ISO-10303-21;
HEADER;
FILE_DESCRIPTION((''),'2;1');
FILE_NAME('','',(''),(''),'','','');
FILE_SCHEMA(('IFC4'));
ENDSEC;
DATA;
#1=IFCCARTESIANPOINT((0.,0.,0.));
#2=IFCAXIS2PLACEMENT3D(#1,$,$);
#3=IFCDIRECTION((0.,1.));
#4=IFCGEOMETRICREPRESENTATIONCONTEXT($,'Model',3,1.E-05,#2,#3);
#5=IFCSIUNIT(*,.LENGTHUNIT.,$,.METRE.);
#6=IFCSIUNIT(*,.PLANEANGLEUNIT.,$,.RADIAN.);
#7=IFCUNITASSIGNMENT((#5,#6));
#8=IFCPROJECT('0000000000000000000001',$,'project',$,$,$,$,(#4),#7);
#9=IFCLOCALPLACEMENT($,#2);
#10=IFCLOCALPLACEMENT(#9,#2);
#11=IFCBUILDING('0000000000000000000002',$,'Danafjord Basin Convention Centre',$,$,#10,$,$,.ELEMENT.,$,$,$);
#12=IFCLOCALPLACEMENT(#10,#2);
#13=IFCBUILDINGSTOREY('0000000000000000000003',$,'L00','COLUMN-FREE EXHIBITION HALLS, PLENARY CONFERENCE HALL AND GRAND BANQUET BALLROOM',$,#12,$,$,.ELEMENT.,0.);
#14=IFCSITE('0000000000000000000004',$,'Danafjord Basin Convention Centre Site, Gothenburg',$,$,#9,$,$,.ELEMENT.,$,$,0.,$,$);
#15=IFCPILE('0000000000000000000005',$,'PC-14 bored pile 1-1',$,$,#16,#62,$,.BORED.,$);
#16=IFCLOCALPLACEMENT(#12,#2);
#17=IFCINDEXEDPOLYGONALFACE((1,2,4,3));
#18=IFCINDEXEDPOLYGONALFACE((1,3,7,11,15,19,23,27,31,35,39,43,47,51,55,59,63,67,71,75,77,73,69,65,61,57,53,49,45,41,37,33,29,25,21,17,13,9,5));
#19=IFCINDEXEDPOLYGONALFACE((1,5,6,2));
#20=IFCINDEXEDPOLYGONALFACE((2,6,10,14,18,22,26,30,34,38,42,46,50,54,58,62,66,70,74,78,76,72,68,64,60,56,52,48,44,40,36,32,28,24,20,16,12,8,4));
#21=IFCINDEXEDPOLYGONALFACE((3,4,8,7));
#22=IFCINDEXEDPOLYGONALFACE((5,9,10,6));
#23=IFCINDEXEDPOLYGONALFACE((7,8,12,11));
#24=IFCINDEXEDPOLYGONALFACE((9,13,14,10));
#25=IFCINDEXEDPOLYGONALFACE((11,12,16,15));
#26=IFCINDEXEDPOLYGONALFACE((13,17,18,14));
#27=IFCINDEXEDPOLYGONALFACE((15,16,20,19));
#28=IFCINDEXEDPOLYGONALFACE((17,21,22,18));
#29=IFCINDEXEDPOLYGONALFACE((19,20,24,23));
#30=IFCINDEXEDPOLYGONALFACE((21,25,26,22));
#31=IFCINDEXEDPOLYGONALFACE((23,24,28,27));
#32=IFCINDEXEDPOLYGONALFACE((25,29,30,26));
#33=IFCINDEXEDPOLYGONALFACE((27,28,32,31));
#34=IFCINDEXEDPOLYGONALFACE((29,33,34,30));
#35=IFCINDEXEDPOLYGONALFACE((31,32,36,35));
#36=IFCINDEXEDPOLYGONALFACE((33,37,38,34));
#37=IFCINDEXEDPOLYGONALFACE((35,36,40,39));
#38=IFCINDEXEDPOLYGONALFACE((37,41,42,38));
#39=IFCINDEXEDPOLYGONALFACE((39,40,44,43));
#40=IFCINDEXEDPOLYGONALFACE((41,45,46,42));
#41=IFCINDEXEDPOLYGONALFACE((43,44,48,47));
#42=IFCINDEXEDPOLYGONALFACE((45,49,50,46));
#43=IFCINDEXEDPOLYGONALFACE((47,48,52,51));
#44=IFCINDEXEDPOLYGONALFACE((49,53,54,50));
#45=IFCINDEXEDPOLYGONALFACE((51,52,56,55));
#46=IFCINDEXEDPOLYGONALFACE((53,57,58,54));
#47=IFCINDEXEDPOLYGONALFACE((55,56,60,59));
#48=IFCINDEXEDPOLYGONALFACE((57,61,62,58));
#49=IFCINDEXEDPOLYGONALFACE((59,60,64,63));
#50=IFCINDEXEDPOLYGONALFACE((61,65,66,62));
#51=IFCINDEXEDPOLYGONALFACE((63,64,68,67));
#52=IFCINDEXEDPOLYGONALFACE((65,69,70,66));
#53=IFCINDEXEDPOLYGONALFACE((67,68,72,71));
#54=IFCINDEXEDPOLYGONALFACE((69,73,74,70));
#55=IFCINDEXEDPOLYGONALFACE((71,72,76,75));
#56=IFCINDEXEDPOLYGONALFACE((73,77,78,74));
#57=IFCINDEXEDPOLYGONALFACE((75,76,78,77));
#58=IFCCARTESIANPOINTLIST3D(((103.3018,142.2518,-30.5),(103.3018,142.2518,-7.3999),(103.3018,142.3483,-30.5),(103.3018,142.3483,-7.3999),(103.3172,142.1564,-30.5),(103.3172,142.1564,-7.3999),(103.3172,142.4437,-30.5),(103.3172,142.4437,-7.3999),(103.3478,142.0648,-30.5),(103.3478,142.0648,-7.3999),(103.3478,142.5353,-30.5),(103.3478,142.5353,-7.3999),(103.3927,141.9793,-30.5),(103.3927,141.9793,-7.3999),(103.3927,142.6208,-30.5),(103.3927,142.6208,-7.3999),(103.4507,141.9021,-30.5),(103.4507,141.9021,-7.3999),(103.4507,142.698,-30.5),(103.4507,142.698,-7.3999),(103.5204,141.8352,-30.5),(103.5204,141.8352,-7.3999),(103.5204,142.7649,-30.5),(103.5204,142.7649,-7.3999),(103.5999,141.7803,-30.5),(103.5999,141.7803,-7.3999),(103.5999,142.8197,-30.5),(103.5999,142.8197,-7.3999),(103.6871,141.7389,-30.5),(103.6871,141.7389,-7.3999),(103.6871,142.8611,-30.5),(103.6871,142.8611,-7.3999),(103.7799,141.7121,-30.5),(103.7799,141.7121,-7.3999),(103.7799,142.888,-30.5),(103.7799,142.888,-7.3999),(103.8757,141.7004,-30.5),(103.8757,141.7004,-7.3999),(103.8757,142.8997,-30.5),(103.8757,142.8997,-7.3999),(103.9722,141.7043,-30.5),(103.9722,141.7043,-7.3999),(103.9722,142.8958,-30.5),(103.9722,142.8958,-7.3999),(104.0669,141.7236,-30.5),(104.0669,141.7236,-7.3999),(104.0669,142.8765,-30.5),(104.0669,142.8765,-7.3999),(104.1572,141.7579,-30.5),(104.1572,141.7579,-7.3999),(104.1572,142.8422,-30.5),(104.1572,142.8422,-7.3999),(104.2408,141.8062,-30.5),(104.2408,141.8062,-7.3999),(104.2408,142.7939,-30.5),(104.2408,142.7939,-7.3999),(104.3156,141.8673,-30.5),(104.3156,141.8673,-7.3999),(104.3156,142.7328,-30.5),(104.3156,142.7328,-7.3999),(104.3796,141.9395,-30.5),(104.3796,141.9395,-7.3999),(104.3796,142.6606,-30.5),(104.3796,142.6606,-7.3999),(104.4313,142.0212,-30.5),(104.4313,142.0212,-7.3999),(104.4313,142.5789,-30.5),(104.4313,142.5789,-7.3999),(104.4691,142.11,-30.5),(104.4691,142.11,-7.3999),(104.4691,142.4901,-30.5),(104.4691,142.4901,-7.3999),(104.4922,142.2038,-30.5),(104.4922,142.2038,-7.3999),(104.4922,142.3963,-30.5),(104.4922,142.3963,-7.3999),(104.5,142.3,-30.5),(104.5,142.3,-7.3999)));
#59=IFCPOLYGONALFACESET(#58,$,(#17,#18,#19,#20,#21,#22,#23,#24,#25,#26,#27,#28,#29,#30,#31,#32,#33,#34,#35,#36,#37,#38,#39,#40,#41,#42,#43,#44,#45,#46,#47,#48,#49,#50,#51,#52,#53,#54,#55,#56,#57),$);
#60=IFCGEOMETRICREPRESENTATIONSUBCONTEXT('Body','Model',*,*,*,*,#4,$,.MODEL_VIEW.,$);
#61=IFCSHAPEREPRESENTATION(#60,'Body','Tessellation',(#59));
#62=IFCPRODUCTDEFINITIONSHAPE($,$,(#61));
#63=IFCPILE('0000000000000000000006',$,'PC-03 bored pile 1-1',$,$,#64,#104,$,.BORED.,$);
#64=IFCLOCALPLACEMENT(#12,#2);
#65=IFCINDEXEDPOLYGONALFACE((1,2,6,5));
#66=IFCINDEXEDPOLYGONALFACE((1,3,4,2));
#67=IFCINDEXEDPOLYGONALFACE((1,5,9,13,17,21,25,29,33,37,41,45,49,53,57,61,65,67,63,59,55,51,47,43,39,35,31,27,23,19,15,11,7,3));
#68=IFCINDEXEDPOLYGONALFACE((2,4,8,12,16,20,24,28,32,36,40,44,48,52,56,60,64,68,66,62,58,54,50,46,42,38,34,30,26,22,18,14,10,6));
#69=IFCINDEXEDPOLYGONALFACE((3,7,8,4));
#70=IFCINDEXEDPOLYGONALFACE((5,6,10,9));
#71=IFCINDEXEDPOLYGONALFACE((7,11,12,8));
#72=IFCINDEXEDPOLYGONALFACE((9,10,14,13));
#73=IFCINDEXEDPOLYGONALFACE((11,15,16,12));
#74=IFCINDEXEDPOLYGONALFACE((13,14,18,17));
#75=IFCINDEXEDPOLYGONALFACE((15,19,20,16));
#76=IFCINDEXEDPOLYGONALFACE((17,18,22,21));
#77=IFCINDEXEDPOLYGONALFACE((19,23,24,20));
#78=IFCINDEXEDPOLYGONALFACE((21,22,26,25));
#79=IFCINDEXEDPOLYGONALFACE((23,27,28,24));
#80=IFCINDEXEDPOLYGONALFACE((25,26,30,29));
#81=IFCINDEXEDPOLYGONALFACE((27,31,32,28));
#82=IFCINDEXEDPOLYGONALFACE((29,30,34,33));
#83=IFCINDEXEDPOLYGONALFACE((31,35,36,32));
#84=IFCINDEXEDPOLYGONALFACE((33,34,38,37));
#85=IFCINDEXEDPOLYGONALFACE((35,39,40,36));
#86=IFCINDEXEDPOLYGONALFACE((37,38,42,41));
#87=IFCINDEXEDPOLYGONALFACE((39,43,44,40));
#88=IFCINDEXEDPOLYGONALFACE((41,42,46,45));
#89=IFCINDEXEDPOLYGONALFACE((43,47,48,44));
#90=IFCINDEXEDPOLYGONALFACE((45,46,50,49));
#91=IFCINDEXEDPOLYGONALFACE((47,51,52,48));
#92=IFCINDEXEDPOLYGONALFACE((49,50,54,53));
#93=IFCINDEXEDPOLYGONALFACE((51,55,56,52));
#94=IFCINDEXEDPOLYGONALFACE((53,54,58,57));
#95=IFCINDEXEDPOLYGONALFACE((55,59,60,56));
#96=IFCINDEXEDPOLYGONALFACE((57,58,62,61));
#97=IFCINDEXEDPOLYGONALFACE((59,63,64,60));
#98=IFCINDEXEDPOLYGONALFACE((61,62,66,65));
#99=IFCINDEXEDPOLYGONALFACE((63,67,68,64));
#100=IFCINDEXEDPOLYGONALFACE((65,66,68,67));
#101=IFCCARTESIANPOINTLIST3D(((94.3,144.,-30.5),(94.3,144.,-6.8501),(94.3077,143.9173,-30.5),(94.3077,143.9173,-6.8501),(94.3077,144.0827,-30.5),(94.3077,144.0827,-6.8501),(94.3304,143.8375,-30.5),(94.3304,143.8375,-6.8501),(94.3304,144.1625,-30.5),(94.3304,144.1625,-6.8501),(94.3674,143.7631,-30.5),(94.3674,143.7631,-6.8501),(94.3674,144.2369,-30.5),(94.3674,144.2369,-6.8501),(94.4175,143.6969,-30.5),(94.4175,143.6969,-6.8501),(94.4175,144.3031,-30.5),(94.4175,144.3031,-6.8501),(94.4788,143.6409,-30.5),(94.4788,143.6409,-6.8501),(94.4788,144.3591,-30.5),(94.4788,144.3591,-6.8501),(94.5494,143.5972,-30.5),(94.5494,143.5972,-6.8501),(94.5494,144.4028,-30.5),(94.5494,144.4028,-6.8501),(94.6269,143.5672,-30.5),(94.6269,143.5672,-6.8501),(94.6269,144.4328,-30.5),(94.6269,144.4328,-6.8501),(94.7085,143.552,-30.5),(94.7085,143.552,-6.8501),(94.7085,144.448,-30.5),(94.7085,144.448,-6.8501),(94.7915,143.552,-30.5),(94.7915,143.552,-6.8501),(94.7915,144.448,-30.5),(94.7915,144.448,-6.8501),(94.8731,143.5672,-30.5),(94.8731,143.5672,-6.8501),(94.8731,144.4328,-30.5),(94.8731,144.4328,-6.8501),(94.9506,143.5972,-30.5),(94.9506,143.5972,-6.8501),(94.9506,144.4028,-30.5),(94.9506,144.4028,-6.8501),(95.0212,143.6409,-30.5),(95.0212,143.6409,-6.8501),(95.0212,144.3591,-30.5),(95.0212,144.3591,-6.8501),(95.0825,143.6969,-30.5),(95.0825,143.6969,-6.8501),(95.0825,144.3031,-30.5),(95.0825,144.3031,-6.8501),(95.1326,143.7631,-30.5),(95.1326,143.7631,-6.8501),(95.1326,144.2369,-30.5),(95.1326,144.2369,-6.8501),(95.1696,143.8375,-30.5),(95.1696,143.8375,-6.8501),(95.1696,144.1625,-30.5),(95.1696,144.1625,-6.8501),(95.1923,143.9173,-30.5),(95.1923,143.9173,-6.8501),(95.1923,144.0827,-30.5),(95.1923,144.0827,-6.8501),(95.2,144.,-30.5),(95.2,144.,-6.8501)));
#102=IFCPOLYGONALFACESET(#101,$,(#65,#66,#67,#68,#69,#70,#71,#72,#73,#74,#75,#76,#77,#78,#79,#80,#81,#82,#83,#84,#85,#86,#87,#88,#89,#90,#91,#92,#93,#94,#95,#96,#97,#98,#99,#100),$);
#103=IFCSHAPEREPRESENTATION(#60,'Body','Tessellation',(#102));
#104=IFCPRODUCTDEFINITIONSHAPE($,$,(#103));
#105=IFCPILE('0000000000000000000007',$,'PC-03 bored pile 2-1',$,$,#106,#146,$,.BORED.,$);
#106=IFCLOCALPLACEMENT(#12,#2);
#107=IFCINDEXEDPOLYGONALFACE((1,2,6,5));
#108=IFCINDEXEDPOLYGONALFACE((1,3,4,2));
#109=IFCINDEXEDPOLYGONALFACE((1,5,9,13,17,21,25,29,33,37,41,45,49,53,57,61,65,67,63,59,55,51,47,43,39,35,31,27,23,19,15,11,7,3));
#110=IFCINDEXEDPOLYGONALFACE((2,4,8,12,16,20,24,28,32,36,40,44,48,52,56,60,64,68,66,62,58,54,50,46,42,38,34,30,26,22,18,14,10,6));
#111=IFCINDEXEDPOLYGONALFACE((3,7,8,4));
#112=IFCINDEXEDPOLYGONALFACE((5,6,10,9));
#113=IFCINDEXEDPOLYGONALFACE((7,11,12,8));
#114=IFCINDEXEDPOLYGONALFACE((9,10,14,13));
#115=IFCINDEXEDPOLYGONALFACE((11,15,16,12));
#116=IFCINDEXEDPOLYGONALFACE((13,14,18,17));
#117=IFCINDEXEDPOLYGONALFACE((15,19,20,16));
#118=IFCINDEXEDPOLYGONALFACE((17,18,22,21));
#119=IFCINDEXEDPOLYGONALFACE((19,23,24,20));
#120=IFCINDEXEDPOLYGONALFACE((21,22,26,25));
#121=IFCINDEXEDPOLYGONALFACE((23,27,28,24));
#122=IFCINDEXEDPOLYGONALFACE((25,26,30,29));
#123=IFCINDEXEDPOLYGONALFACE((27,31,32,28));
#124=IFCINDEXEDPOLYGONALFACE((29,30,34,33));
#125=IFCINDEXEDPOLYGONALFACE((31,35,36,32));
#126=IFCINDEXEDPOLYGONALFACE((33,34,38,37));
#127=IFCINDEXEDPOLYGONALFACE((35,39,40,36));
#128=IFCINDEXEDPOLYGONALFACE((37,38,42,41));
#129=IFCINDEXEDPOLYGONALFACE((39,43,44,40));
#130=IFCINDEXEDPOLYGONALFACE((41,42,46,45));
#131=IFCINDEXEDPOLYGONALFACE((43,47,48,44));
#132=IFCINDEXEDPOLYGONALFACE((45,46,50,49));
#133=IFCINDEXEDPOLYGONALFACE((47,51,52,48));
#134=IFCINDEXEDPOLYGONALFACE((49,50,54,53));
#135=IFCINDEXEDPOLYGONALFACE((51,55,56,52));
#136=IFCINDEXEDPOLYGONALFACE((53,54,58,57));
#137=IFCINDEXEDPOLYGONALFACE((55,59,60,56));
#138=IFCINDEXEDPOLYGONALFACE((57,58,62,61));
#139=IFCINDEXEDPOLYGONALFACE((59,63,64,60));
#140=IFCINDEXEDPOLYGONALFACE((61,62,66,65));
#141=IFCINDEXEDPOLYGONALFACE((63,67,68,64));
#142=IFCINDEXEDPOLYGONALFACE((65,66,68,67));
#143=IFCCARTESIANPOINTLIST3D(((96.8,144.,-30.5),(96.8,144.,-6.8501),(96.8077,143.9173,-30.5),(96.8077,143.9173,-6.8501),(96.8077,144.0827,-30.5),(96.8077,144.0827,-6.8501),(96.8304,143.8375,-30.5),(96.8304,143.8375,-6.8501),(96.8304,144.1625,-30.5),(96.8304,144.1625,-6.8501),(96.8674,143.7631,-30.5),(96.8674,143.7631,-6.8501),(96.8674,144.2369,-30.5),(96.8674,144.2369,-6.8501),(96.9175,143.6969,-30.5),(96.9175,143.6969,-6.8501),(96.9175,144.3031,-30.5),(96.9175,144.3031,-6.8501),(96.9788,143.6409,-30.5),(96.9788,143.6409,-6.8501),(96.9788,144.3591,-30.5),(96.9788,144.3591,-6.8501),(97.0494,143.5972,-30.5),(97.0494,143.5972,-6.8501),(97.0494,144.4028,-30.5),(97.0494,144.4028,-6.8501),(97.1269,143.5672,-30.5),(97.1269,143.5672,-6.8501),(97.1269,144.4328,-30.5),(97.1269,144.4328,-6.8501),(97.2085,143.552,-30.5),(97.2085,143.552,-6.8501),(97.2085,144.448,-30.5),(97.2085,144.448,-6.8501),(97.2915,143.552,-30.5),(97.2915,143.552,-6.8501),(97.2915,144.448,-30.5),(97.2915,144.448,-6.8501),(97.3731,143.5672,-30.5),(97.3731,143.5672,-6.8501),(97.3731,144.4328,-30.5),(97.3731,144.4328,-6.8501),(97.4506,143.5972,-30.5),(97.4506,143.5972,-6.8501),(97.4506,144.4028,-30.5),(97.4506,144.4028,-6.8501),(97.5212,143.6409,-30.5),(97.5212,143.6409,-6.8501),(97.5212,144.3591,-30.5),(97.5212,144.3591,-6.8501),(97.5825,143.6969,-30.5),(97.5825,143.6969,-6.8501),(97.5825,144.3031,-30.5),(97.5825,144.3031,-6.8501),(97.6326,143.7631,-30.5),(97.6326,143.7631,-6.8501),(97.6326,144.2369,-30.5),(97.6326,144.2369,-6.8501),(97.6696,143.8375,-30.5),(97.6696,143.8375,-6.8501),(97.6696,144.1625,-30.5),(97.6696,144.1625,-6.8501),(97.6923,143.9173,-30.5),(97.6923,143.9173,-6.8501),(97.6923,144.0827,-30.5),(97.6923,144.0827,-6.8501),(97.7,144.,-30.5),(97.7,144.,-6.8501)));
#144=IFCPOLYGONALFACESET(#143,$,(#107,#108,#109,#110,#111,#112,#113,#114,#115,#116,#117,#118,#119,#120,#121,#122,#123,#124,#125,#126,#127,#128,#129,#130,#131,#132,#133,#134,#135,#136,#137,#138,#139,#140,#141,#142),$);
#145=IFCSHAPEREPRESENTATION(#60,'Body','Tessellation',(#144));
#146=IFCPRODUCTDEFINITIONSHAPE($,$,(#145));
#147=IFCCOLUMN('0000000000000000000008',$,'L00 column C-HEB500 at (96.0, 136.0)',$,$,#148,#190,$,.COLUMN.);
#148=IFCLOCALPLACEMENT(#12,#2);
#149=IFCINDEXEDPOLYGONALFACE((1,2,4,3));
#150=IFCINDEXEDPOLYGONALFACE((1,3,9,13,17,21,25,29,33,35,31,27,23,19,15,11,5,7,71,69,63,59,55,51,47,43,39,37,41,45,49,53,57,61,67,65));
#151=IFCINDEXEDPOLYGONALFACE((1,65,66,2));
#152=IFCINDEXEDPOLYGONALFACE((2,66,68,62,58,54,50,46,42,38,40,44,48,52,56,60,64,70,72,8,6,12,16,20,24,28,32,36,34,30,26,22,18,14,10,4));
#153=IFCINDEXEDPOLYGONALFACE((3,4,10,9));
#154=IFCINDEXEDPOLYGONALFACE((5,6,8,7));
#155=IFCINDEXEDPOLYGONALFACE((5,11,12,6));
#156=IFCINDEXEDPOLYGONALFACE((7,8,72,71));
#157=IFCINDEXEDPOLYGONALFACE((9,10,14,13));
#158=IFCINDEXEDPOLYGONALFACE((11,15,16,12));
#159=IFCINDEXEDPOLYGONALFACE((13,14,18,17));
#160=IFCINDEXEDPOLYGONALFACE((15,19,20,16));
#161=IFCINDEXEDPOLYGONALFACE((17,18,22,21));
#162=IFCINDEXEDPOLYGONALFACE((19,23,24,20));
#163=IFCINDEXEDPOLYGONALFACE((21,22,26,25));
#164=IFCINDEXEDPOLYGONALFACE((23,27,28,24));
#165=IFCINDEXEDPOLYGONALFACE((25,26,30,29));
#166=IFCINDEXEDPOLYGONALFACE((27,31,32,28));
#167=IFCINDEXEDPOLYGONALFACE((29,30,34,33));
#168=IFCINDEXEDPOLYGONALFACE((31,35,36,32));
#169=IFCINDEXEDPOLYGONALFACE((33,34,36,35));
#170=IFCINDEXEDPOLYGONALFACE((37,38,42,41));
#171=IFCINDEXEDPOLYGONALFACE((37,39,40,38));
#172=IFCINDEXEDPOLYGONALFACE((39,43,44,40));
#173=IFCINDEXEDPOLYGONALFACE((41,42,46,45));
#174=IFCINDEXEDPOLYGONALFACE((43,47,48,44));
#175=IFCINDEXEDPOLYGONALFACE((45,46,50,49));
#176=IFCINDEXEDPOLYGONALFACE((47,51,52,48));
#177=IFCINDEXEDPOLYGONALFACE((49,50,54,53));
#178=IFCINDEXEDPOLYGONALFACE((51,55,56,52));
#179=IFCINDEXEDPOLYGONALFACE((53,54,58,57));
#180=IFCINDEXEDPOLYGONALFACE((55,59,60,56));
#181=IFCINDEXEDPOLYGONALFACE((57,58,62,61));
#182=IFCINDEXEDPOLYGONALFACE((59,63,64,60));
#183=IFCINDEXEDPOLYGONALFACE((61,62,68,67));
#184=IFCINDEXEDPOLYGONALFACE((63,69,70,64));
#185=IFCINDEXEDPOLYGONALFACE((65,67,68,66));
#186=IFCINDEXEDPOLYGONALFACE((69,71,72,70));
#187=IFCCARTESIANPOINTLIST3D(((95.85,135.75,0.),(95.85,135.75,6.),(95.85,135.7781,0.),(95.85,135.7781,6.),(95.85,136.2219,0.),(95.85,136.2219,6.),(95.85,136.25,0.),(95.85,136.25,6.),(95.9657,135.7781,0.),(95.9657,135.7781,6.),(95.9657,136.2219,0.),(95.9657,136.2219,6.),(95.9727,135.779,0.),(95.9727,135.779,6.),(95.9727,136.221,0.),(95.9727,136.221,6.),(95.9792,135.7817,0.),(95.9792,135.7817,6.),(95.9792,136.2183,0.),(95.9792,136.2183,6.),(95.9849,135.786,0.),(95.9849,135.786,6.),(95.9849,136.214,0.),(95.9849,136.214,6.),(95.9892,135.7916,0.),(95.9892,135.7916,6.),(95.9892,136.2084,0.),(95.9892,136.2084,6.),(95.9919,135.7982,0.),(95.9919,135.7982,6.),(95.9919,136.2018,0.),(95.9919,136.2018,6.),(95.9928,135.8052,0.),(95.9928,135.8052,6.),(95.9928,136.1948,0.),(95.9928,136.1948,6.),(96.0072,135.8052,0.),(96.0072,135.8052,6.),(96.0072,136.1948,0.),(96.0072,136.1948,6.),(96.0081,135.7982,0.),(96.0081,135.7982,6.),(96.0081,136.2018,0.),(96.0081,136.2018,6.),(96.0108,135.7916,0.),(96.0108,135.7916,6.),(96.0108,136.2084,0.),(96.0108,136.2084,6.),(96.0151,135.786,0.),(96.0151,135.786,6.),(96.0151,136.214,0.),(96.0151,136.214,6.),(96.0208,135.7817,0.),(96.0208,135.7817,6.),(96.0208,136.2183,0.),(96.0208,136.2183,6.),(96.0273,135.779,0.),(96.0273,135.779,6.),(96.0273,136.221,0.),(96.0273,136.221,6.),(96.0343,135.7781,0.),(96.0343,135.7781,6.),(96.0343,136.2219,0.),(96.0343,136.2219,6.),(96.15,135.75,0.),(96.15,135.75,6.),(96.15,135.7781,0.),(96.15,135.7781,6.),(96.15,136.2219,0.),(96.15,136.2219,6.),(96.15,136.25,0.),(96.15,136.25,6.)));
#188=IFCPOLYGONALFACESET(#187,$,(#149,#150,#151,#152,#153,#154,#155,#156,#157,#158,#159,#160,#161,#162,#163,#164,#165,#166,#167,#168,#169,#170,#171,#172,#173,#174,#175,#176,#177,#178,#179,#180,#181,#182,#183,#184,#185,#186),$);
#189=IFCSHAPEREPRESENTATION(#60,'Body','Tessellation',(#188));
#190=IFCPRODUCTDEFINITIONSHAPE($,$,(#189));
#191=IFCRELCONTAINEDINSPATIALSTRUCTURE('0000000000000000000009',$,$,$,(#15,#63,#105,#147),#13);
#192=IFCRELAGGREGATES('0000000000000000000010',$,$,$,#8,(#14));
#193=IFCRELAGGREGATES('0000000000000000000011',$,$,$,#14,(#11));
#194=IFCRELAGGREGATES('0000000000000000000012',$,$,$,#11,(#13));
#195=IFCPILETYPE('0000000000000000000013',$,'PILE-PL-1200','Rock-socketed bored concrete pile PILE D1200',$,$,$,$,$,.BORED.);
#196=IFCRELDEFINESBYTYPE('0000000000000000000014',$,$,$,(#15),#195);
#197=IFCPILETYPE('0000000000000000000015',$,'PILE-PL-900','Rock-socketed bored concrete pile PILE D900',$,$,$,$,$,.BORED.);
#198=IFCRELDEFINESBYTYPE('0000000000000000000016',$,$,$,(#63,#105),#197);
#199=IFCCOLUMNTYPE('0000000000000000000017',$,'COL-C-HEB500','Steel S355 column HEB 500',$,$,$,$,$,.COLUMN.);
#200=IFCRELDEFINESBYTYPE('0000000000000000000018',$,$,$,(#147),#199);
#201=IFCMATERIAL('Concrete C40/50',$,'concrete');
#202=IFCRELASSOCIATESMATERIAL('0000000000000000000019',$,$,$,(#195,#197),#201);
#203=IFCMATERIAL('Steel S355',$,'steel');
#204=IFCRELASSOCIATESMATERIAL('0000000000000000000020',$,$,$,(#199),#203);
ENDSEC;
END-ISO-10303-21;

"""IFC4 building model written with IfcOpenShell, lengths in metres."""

from ifc_helpers import new_model, si_unit, direction, frame, origin, origin_2d, place, context, subcontext, project, spatial, circle, i_section, extrude, material, material_profile, profile_set, type_object, element, save


model = new_model("IFC4")

# Units and contexts
model_context = context("Model", 3, precision=1e-05, world=origin(), true_north=direction((0.0, 1.0)))
body_context = subcontext(model_context, "Body", "Model", "MODEL_VIEW")
ifc_project = project(units=[si_unit("LENGTHUNIT", "METRE"), si_unit("PLANEANGLEUNIT", "RADIAN")], contexts=[model_context])

# Site, building, storey
site_placement = place(None, origin())
site = spatial("IfcSite", under=ifc_project, at=site_placement, Name="Danafjord Basin Convention Centre Site, Gothenburg", CompositionType="ELEMENT", RefElevation=0.0)
building_placement = place(site_placement, origin())
building = spatial("IfcBuilding", under=site, at=building_placement, Name="Danafjord Basin Convention Centre", CompositionType="ELEMENT")
storey_placement = place(building_placement, origin())
storey = spatial("IfcBuildingStorey", under=building, at=storey_placement, Name="L00", Description="COLUMN-FREE EXHIBITION HALLS, PLENARY CONFERENCE HALL AND GRAND BANQUET BALLROOM", CompositionType="ELEMENT", Elevation=0.0)

# Shared definitions
ifc_material_1 = material(Name="Concrete C40/50", Category="concrete")

# Piles
ifc_material_profile_1 = material_profile(ifc_material_1, circle(Radius=0.6001, at=origin_2d()), Name="PILE D1200")
ifc_profile_set_1 = profile_set([ifc_material_profile_1], Name="Concrete C40/50")
pile_type_1 = type_object("IfcPileType", Name="PILE-PL-1200", Description="Rock-socketed bored concrete pile PILE D1200", PredefinedType="BORED", material=ifc_profile_set_1)
pile_placement = place(storey_placement, frame((103.8999, 142.3, -7.3999), z_axis=(0.0, 0.0, -1.0), x_axis=(1.0, 0.0, 0.0)))
element("IfcPile", 1, at=pile_placement, inside=storey, type_object=pile_type_1, Name="PC-14 bored pile 1-1", PredefinedType="BORED", context=body_context, shape_type="SweptSolid", body=[
    extrude(circle(Radius=0.6001, at=origin_2d()), origin(), (0.0, 0.0, 1.0), 23.1001),
])
ifc_material_profile_2 = material_profile(ifc_material_1, circle(Radius=0.45, at=origin_2d()), Name="PILE D900")
ifc_profile_set_2 = profile_set([ifc_material_profile_2], Name="Concrete C40/50")
pile_type_2 = type_object("IfcPileType", Name="PILE-PL-900", Description="Rock-socketed bored concrete pile PILE D900", PredefinedType="BORED", material=ifc_profile_set_2)
for number, where, z_axis, x_axis, name in (
    (2, (94.75, 144.0, -6.8501), (0.0, 0.0, -1.0), (1.0, 0.0, 0.0), "PC-03 bored pile 1-1"),
    (3, (97.25, 144.0, -6.8501), (0.0, 0.0, -1.0), (1.0, 0.0, 0.0), "PC-03 bored pile 2-1"),
):
    element("IfcPile", number, at=place(storey_placement, frame(where, z_axis=z_axis, x_axis=x_axis)), inside=storey, type_object=pile_type_2, Name=name, PredefinedType="BORED", context=body_context, shape_type="SweptSolid", body=[
        extrude(circle(Radius=0.45, at=origin_2d()), origin(), (0.0, 0.0, 1.0), 23.6499),
    ])

# Column
ifc_material_2 = material(Name="Steel S355", Category="steel")
ifc_material_profile_3 = material_profile(ifc_material_2, i_section(OverallWidth=0.3, OverallDepth=0.5, WebThickness=0.0144, FlangeThickness=0.0281, FilletRadius=0.0271, at=origin_2d()), Name="HEB 500")
ifc_profile_set_3 = profile_set([ifc_material_profile_3], Name="Steel S355")
column_type_1 = type_object("IfcColumnType", Name="COL-C-HEB500", Description="Steel S355 column HEB 500", PredefinedType="COLUMN", material=ifc_profile_set_3)
column_1_placement = place(storey_placement, frame((96.0, 136.0, 0.0), z_axis=(0.0, 0.0, 1.0), x_axis=(1.0, 0.0, 0.0)))
element("IfcColumn", 4, at=column_1_placement, inside=storey, type_object=column_type_1, Name="L00 column C-HEB500 at (96.0, 136.0)", PredefinedType="COLUMN", context=body_context, shape_type="SweptSolid", body=[
    extrude(i_section(OverallWidth=0.3, OverallDepth=0.5, WebThickness=0.0144, FlangeThickness=0.0281, FilletRadius=0.0271, at=origin_2d()), origin(), (0.0, 0.0, 1.0), 6.0),
])

save(model, "model.ifc")
